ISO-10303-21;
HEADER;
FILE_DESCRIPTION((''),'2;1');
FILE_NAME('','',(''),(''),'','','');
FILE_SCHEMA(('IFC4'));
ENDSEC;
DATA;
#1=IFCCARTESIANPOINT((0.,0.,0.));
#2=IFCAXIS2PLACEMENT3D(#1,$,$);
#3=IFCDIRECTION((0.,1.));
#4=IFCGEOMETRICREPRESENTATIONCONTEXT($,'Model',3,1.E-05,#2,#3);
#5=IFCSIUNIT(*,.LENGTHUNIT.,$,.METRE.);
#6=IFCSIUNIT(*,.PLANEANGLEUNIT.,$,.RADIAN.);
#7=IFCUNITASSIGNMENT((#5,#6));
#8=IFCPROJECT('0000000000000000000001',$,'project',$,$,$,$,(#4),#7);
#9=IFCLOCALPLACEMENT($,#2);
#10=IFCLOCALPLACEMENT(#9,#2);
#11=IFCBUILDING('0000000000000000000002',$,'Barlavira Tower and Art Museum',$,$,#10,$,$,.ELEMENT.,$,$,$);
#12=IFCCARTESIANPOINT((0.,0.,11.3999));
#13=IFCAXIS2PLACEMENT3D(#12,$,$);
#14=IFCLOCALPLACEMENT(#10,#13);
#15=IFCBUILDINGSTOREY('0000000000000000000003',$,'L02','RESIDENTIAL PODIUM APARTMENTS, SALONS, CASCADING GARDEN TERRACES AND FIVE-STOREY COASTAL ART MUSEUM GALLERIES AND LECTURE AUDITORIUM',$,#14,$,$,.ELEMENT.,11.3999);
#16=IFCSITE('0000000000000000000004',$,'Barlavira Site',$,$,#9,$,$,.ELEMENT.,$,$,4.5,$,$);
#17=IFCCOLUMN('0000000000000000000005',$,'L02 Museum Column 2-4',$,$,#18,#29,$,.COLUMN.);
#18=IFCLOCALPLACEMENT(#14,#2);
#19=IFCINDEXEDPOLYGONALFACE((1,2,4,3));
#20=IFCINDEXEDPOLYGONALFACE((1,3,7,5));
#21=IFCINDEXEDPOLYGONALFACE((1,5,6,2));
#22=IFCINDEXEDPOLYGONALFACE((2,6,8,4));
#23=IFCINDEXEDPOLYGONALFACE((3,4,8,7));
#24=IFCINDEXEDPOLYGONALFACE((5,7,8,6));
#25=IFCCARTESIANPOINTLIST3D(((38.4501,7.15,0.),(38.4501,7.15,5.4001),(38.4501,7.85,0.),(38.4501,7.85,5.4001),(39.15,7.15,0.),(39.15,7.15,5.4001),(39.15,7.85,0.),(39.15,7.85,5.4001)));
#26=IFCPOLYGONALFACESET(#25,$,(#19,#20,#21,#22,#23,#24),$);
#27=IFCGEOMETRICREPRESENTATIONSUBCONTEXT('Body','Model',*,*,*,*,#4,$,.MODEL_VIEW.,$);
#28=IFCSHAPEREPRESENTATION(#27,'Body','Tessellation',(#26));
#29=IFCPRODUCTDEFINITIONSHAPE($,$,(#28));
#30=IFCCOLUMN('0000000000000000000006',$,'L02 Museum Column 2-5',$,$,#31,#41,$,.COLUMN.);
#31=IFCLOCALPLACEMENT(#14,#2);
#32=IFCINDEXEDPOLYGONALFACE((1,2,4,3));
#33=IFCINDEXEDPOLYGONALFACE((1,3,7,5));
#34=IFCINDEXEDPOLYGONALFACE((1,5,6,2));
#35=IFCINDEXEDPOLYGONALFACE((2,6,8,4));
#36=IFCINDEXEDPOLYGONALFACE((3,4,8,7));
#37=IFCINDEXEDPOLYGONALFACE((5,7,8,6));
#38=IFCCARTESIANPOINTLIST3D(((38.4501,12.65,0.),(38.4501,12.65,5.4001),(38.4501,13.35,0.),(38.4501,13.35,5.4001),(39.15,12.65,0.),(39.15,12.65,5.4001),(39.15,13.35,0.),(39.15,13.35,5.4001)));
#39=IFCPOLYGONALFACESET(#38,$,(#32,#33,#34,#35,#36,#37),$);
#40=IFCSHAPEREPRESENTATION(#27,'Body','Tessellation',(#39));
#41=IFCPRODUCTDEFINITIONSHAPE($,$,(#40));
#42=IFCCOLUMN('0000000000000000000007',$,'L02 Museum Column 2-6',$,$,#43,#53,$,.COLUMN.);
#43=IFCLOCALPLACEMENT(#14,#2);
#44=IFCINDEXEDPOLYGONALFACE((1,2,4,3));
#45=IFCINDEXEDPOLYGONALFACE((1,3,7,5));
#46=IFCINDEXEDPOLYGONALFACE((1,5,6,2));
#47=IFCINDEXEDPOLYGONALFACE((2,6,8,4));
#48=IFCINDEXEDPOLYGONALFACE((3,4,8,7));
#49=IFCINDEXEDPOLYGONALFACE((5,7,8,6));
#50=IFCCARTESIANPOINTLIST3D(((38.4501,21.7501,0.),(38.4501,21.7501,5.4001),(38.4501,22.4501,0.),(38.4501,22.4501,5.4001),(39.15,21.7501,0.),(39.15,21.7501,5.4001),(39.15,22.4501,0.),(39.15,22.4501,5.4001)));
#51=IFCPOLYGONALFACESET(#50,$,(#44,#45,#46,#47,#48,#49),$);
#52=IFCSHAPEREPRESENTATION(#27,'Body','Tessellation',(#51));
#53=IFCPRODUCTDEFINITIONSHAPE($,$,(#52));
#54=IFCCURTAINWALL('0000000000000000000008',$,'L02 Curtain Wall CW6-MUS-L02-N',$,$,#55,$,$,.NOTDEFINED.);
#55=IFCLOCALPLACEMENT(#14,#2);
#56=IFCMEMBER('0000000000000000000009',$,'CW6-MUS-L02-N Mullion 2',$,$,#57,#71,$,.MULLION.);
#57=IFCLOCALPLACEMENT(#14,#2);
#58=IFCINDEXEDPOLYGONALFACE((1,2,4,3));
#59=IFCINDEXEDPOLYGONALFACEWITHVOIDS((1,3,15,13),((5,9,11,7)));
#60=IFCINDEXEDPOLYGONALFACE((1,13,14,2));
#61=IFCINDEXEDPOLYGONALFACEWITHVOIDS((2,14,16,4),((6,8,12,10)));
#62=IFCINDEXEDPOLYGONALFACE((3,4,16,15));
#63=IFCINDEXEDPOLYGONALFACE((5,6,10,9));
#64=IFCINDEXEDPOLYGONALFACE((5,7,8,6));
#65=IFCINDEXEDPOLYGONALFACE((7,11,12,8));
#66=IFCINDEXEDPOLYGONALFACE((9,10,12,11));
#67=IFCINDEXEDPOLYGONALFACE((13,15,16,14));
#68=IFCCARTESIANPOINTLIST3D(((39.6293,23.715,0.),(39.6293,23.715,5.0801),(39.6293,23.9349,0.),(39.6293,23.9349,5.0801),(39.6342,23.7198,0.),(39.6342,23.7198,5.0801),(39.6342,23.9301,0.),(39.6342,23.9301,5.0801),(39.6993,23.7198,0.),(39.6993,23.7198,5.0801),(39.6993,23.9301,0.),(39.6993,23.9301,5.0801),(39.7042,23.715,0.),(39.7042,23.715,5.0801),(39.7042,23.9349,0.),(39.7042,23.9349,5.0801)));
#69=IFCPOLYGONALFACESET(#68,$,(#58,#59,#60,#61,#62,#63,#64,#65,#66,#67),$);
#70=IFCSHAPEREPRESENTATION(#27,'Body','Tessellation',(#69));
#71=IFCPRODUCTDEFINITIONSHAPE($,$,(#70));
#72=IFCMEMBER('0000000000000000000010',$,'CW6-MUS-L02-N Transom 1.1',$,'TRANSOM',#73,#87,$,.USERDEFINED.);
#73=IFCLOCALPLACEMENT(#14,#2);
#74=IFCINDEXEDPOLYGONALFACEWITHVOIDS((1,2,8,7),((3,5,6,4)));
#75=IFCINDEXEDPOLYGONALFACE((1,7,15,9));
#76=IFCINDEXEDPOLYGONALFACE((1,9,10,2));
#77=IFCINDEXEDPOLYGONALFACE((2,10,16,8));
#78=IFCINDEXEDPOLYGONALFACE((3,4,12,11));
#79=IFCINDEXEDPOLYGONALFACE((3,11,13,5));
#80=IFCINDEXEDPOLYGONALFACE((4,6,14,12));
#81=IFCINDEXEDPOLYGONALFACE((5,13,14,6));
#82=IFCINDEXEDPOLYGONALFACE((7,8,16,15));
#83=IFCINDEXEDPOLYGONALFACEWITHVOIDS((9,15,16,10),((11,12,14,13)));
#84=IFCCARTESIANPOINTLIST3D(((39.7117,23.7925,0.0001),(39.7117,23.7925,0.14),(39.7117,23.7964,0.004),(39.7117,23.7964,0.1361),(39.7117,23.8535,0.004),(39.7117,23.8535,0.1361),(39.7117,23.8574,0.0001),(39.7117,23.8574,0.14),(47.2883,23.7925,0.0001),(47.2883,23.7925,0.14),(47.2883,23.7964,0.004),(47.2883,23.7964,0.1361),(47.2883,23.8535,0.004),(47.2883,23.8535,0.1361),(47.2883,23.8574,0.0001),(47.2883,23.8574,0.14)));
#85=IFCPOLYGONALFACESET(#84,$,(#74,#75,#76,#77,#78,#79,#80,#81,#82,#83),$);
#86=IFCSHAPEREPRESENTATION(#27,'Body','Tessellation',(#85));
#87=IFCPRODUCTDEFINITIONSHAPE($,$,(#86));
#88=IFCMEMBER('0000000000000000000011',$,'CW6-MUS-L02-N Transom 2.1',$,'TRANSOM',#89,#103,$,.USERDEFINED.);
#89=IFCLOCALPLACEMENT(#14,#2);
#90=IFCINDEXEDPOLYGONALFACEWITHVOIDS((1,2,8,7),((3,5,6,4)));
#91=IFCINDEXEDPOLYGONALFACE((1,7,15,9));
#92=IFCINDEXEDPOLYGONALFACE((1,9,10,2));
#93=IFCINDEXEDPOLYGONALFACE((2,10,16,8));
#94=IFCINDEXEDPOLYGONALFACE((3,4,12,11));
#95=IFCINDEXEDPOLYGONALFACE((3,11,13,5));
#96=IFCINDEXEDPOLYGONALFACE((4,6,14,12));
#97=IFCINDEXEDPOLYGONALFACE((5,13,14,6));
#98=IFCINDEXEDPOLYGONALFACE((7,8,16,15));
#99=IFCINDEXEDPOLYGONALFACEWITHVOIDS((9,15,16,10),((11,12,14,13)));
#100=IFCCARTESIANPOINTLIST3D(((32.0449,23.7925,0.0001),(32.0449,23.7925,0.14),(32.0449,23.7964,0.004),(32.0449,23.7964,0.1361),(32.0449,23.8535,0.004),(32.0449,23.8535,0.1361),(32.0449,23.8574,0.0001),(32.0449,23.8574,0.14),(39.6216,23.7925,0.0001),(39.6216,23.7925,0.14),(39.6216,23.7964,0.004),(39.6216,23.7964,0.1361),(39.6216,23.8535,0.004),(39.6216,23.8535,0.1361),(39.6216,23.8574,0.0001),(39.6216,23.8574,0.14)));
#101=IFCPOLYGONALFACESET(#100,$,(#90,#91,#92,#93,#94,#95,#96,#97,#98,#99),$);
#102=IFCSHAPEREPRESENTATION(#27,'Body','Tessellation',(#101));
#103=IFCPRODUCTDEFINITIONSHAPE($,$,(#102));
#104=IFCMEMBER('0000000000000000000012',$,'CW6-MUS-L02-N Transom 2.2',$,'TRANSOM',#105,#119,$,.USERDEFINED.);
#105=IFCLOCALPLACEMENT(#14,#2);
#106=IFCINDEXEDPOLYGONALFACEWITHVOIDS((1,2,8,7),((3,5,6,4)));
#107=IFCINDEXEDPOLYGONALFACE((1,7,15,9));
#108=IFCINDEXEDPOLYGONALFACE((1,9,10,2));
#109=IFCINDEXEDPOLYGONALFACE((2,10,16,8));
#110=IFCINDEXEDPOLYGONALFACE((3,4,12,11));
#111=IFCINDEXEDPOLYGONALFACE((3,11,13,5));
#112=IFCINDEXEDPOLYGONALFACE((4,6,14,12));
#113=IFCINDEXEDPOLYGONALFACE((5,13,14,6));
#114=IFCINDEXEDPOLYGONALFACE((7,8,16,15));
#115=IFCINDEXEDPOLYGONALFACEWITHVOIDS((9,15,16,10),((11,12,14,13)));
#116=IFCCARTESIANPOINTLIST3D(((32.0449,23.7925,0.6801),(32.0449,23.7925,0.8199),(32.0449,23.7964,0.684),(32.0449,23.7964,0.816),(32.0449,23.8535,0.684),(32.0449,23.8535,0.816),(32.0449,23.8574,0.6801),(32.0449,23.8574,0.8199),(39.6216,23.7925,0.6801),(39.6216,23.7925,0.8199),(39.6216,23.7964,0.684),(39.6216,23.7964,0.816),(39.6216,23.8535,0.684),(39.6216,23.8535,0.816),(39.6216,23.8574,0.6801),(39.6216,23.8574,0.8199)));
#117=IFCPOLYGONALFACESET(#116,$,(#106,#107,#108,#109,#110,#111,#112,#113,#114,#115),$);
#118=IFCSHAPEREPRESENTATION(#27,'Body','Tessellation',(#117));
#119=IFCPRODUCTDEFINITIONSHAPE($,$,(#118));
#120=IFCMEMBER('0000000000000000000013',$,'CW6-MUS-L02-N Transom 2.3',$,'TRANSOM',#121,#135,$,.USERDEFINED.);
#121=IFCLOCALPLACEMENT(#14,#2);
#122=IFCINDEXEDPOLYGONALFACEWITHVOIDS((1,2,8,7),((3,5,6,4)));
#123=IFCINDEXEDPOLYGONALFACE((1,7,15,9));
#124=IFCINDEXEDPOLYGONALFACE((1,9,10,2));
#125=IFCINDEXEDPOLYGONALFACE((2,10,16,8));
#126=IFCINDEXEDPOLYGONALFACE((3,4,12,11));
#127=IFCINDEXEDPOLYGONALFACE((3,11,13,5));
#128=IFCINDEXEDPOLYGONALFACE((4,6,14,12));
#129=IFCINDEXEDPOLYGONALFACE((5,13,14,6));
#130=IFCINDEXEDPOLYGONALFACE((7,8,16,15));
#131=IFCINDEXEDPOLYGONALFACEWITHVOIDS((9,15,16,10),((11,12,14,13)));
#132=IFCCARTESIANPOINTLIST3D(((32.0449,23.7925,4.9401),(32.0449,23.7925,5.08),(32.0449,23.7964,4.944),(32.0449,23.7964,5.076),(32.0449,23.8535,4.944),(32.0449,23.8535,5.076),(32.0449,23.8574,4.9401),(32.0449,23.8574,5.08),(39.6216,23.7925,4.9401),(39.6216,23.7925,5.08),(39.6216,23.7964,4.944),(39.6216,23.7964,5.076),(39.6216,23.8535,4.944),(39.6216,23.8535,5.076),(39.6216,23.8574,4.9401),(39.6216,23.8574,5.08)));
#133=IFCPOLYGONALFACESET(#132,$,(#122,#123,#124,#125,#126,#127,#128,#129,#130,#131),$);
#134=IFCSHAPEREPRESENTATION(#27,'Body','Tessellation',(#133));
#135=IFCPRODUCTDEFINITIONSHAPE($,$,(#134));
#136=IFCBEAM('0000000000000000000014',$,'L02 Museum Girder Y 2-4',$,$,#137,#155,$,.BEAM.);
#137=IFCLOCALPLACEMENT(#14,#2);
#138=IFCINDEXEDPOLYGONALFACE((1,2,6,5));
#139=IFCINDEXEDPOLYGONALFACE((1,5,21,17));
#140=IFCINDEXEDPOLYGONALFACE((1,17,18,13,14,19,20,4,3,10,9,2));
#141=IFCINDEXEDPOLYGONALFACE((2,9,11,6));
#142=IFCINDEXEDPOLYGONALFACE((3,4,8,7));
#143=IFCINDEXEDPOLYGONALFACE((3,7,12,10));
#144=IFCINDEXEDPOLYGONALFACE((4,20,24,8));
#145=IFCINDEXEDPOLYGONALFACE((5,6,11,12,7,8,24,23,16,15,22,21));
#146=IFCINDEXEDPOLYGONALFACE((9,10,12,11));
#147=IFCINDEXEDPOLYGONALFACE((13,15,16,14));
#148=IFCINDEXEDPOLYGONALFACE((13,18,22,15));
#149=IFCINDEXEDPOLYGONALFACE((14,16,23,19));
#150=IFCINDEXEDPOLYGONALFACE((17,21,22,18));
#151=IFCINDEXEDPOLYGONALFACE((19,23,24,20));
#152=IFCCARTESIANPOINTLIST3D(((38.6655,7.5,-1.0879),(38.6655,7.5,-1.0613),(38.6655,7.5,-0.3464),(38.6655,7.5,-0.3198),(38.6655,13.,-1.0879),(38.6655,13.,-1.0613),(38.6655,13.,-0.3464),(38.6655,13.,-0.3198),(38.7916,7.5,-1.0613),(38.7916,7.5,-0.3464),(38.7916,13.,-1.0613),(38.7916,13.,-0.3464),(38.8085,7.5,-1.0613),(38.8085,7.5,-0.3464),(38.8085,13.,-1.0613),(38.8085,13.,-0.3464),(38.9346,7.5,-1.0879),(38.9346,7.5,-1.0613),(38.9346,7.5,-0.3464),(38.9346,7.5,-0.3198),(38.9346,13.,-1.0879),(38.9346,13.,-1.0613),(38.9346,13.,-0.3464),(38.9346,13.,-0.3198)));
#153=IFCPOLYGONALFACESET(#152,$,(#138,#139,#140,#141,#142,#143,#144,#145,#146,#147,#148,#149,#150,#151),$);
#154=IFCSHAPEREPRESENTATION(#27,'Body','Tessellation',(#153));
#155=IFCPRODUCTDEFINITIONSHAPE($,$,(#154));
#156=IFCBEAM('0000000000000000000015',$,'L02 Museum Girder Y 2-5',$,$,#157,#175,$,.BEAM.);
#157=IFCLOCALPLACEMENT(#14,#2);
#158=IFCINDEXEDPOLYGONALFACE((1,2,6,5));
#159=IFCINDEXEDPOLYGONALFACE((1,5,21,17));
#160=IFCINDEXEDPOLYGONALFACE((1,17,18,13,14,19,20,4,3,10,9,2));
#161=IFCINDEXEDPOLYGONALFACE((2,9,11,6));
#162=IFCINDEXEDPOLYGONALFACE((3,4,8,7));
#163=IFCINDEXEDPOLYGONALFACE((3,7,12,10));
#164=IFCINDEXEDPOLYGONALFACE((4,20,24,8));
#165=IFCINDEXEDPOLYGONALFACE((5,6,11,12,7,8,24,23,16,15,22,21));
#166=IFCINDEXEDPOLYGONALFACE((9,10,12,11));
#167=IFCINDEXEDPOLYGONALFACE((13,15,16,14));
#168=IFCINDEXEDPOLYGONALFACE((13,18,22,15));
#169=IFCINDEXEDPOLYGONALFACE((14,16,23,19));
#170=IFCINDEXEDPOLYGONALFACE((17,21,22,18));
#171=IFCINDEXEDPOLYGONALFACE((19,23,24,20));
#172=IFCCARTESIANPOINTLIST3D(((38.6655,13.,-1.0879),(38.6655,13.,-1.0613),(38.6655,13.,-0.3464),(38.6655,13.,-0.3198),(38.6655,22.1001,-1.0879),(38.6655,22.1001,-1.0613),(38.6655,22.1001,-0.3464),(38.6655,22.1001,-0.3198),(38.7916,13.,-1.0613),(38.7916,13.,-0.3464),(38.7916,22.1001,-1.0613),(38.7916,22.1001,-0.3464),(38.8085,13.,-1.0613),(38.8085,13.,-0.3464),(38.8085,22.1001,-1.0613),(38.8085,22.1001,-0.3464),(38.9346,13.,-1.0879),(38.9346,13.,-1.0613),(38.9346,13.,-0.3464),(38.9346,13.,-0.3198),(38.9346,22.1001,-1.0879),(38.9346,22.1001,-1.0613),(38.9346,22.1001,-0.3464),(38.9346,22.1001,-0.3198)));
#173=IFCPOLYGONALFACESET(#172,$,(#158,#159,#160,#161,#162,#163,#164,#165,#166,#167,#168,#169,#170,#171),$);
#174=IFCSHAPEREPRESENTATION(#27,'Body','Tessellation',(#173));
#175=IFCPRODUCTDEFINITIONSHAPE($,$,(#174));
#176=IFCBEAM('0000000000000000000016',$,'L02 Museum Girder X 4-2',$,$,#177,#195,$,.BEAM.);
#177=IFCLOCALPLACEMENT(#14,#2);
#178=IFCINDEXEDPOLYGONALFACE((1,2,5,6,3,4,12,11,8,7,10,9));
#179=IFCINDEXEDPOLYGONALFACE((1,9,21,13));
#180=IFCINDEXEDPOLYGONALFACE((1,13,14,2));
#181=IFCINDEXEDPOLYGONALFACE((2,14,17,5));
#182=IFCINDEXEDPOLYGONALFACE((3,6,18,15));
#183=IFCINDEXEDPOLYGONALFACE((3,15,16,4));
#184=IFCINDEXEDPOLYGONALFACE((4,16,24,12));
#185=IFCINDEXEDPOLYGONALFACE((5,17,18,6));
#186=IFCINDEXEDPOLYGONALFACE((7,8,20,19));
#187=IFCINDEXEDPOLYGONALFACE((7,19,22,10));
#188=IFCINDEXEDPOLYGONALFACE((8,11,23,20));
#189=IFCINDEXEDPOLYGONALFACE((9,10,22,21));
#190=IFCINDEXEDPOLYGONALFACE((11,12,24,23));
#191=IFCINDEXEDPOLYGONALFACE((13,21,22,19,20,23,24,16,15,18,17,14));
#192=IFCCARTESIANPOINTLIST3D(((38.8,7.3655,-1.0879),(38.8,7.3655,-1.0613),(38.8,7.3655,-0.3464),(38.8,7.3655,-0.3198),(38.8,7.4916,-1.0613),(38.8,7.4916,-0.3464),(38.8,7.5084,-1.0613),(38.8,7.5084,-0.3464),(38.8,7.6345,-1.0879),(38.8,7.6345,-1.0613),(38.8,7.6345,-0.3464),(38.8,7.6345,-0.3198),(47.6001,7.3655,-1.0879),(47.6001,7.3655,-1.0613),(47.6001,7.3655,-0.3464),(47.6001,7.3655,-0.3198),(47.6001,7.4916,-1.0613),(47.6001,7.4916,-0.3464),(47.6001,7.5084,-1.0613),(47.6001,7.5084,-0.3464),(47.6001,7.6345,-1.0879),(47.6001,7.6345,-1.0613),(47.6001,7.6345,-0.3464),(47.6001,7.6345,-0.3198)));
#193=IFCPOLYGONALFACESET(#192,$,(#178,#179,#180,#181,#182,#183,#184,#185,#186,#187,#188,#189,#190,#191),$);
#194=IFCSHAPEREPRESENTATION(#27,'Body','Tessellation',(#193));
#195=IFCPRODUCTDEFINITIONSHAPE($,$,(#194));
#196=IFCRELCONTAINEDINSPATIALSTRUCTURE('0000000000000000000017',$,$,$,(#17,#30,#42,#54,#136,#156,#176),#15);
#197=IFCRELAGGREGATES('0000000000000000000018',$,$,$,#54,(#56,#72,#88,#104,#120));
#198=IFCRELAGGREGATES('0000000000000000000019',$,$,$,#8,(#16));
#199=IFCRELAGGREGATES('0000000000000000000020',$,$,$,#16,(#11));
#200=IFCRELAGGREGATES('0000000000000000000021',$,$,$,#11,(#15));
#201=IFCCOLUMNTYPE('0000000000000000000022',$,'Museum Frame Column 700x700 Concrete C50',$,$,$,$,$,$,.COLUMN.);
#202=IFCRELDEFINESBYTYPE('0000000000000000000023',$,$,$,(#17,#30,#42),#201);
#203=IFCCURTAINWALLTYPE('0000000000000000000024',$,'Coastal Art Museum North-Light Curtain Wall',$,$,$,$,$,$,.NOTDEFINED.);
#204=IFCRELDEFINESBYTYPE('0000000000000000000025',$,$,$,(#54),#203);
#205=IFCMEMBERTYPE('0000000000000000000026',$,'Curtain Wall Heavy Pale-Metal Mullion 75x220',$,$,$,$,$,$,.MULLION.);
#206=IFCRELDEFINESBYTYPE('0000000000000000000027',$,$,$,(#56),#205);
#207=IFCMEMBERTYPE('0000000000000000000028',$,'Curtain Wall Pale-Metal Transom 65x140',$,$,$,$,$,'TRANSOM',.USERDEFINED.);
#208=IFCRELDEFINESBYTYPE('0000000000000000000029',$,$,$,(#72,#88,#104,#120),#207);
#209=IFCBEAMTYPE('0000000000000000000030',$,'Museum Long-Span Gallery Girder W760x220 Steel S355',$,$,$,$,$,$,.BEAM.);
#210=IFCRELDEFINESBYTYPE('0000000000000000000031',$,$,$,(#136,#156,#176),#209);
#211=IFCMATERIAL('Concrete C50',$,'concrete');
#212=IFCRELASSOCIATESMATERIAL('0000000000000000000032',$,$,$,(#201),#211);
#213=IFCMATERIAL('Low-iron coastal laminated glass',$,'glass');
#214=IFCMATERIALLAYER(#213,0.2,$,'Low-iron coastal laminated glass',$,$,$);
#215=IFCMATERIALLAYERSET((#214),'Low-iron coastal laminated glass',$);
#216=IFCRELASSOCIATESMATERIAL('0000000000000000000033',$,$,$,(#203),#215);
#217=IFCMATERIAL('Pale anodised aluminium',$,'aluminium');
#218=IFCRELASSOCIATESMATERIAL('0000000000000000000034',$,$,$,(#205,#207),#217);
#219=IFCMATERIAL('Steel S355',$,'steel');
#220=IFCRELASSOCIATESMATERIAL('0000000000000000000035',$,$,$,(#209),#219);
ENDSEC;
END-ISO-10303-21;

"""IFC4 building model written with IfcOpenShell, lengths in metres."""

from ifc_helpers import new_model, si_unit, direction, frame, origin, origin_2d, place, context, subcontext, project, spatial, rectangle, hollow_rectangle, i_section, extrude, material, layer, layer_set, material_profile, profile_set, type_object, element, aggregate, save


model = new_model("IFC4")

# Units and contexts
model_context = context("Model", 3, precision=1e-05, world=origin(), true_north=direction((0.0, 1.0)))
body_context = subcontext(model_context, "Body", "Model", "MODEL_VIEW")
ifc_project = project(units=[si_unit("LENGTHUNIT", "METRE"), si_unit("PLANEANGLEUNIT", "RADIAN")], contexts=[model_context])

# Site, building, storey
site_placement = place(None, origin())
site = spatial("IfcSite", under=ifc_project, at=site_placement, Name="Barlavira Site", CompositionType="ELEMENT", RefElevation=4.5)
building_placement = place(site_placement, origin())
building = spatial("IfcBuilding", under=site, at=building_placement, Name="Barlavira Tower and Art Museum", CompositionType="ELEMENT")
storey_placement = place(building_placement, frame((0.0, 0.0, 11.3999)))
storey = spatial("IfcBuildingStorey", under=building, at=storey_placement, Name="L02", Description="RESIDENTIAL PODIUM APARTMENTS, SALONS, CASCADING GARDEN TERRACES AND FIVE-STOREY COASTAL ART MUSEUM GALLERIES AND LECTURE AUDITORIUM", CompositionType="ELEMENT", Elevation=11.3999)

# Columns
ifc_material_1 = material(Name="Concrete C50", Category="concrete")
ifc_material_profile_1 = material_profile(ifc_material_1, rectangle(XDim=0.7, YDim=0.7, at=origin_2d()), Name="RC-COL 700x700")
ifc_profile_set_1 = profile_set([ifc_material_profile_1], Name="Concrete C50")
column_type = type_object("IfcColumnType", Name="Museum Frame Column 700x700 Concrete C50", PredefinedType="COLUMN", material=ifc_profile_set_1)
for number, where, z_axis, x_axis, name in (
    (1, (38.8, 7.5, 0.0), (0.0, 0.0, 1.0), (1.0, 0.0, 0.0), "L02 Museum Column 2-4"),
    (2, (38.8, 13.0, 0.0), (0.0, 0.0, 1.0), (1.0, 0.0, 0.0), "L02 Museum Column 2-5"),
    (3, (38.8, 22.1001, 0.0), (0.0, 0.0, 1.0), (1.0, 0.0, 0.0), "L02 Museum Column 2-6"),
):
    element("IfcColumn", number, at=place(storey_placement, frame(where, z_axis=z_axis, x_axis=x_axis)), inside=storey, type_object=column_type, Name=name, PredefinedType="COLUMN", context=body_context, shape_type="SweptSolid", body=[
        extrude(rectangle(XDim=0.7, YDim=0.7, at=origin_2d()), origin(), (0.0, 0.0, 1.0), 5.4001),
    ])

# Curtain wall, members
ifc_material_2 = material(Name="Low-iron coastal laminated glass", Category="glass")
ifc_layer_1 = layer(ifc_material_2, 0.2, Name="Low-iron coastal laminated glass")
ifc_layer_set_1 = layer_set([ifc_layer_1], Name="Low-iron coastal laminated glass")
curtain_wall_type = type_object("IfcCurtainWallType", Name="Coastal Art Museum North-Light Curtain Wall", PredefinedType="NOTDEFINED", material=ifc_layer_set_1)
curtain_wall_placement = place(storey_placement, origin())
curtain_wall = element("IfcCurtainWall", 4, at=curtain_wall_placement, inside=storey, type_object=curtain_wall_type, Name="L02 Curtain Wall CW6-MUS-L02-N", PredefinedType="NOTDEFINED")
ifc_material_3 = material(Name="Pale anodised aluminium", Category="aluminium")
ifc_material_profile_2 = material_profile(ifc_material_3, hollow_rectangle(XDim=0.075, YDim=0.22, WallThickness=0.0049, at=origin_2d()), Name="ALU-MULL 75x220x5")
ifc_profile_set_2 = profile_set([ifc_material_profile_2], Name="Pale anodised aluminium")
member_type_1 = type_object("IfcMemberType", Name="Curtain Wall Heavy Pale-Metal Mullion 75x220", PredefinedType="MULLION", material=ifc_profile_set_2)
member_1_placement = place(storey_placement, frame((39.6667, 23.825, 0.0), z_axis=(0.0, 0.0, 1.0), x_axis=(-1.0, 0.0, 0.0)))
member_1 = element("IfcMember", 5, at=member_1_placement, type_object=member_type_1, Name="CW6-MUS-L02-N Mullion 2", PredefinedType="MULLION", context=body_context, shape_type="SweptSolid", body=[
    extrude(hollow_rectangle(XDim=0.075, YDim=0.22, WallThickness=0.0049, at=origin_2d()), origin(), (0.0, 0.0, 1.0), 5.0801),
])
ifc_material_profile_3 = material_profile(ifc_material_3, hollow_rectangle(XDim=0.0649, YDim=0.1399, WallThickness=0.0039, at=origin_2d()), Name="ALU-TRAN 65x140x4")
ifc_profile_set_3 = profile_set([ifc_material_profile_3], Name="Pale anodised aluminium")
member_type_2 = type_object("IfcMemberType", Name="Curtain Wall Pale-Metal Transom 65x140", ElementType="TRANSOM", PredefinedType="USERDEFINED", material=ifc_profile_set_3)
member_2_placement = place(storey_placement, frame((47.2883, 23.825, 0.0701), z_axis=(-1.0, 0.0, 0.0), x_axis=(0.0, -1.0, 0.0)))
member_2 = element("IfcMember", 6, at=member_2_placement, type_object=member_type_2, Name="CW6-MUS-L02-N Transom 1.1", ObjectType="TRANSOM", PredefinedType="USERDEFINED", context=body_context, shape_type="SweptSolid", body=[
    extrude(hollow_rectangle(XDim=0.0649, YDim=0.1399, WallThickness=0.0039, at=origin_2d()), origin(), (0.0, 0.0, 1.0), 7.5767),
])
member_3_placement = place(storey_placement, frame((39.6216, 23.825, 0.0701), z_axis=(-1.0, 0.0, 0.0), x_axis=(0.0, -1.0, 0.0)))
member_3 = element("IfcMember", 7, at=member_3_placement, type_object=member_type_2, Name="CW6-MUS-L02-N Transom 2.1", ObjectType="TRANSOM", PredefinedType="USERDEFINED", context=body_context, shape_type="SweptSolid", body=[
    extrude(hollow_rectangle(XDim=0.0649, YDim=0.1399, WallThickness=0.0039, at=origin_2d()), origin(), (0.0, 0.0, 1.0), 7.5767),
])
member_4_placement = place(storey_placement, frame((39.6216, 23.825, 0.75), z_axis=(-1.0, 0.0, 0.0), x_axis=(0.0, -1.0, 0.0)))
member_4 = element("IfcMember", 8, at=member_4_placement, type_object=member_type_2, Name="CW6-MUS-L02-N Transom 2.2", ObjectType="TRANSOM", PredefinedType="USERDEFINED", context=body_context, shape_type="SweptSolid", body=[
    extrude(hollow_rectangle(XDim=0.0649, YDim=0.1399, WallThickness=0.0039, at=origin_2d()), origin(), (0.0, 0.0, 1.0), 7.5767),
])
member_5_placement = place(storey_placement, frame((39.6216, 23.825, 5.01), z_axis=(-1.0, 0.0, 0.0), x_axis=(0.0, -1.0, 0.0)))
member_5 = element("IfcMember", 9, at=member_5_placement, type_object=member_type_2, Name="CW6-MUS-L02-N Transom 2.3", ObjectType="TRANSOM", PredefinedType="USERDEFINED", context=body_context, shape_type="SweptSolid", body=[
    extrude(hollow_rectangle(XDim=0.0649, YDim=0.1399, WallThickness=0.0039, at=origin_2d()), origin(), (0.0, 0.0, 1.0), 7.5767),
])

# Beams
ifc_material_4 = material(Name="Steel S355", Category="steel")
ifc_material_profile_4 = material_profile(ifc_material_4, i_section(OverallWidth=0.269, OverallDepth=0.7681, WebThickness=0.0168, FlangeThickness=0.0266, at=origin_2d()), Name="W760x220.0")
ifc_profile_set_4 = profile_set([ifc_material_profile_4], Name="Steel S355")
beam_type = type_object("IfcBeamType", Name="Museum Long-Span Gallery Girder W760x220 Steel S355", PredefinedType="BEAM", material=ifc_profile_set_4)
beam_1_placement = place(storey_placement, frame((38.8, 7.5, -0.7039), z_axis=(0.0, 1.0, 0.0), x_axis=(-1.0, 0.0, 0.0)))
element("IfcBeam", 10, at=beam_1_placement, inside=storey, type_object=beam_type, Name="L02 Museum Girder Y 2-4", PredefinedType="BEAM", context=body_context, shape_type="SweptSolid", body=[
    extrude(i_section(OverallWidth=0.269, OverallDepth=0.7681, WebThickness=0.0168, FlangeThickness=0.0266, at=origin_2d()), origin(), (0.0, 0.0, 1.0), 5.5),
])
beam_2_placement = place(storey_placement, frame((38.8, 13.0, -0.7039), z_axis=(0.0, 1.0, 0.0), x_axis=(-1.0, 0.0, 0.0)))
element("IfcBeam", 11, at=beam_2_placement, inside=storey, type_object=beam_type, Name="L02 Museum Girder Y 2-5", PredefinedType="BEAM", context=body_context, shape_type="SweptSolid", body=[
    extrude(i_section(OverallWidth=0.269, OverallDepth=0.7681, WebThickness=0.0168, FlangeThickness=0.0266, at=origin_2d()), origin(), (0.0, 0.0, 1.0), 9.1001),
])
for number, where, z_axis, x_axis, name in (
    (12, (38.8, 7.5, -0.7039), (1.0, 0.0, 0.0), (0.0, 1.0, 0.0), "L02 Museum Girder X 4-2"),
):
    element("IfcBeam", number, at=place(storey_placement, frame(where, z_axis=z_axis, x_axis=x_axis)), inside=storey, type_object=beam_type, Name=name, PredefinedType="BEAM", context=body_context, shape_type="SweptSolid", body=[
        extrude(i_section(OverallWidth=0.269, OverallDepth=0.7681, WebThickness=0.0168, FlangeThickness=0.0266, at=origin_2d()), origin(), (0.0, 0.0, 1.0), 8.8),
    ])

aggregate(curtain_wall, [member_1, member_2, member_3, member_4, member_5])

save(model, "model.ifc")
